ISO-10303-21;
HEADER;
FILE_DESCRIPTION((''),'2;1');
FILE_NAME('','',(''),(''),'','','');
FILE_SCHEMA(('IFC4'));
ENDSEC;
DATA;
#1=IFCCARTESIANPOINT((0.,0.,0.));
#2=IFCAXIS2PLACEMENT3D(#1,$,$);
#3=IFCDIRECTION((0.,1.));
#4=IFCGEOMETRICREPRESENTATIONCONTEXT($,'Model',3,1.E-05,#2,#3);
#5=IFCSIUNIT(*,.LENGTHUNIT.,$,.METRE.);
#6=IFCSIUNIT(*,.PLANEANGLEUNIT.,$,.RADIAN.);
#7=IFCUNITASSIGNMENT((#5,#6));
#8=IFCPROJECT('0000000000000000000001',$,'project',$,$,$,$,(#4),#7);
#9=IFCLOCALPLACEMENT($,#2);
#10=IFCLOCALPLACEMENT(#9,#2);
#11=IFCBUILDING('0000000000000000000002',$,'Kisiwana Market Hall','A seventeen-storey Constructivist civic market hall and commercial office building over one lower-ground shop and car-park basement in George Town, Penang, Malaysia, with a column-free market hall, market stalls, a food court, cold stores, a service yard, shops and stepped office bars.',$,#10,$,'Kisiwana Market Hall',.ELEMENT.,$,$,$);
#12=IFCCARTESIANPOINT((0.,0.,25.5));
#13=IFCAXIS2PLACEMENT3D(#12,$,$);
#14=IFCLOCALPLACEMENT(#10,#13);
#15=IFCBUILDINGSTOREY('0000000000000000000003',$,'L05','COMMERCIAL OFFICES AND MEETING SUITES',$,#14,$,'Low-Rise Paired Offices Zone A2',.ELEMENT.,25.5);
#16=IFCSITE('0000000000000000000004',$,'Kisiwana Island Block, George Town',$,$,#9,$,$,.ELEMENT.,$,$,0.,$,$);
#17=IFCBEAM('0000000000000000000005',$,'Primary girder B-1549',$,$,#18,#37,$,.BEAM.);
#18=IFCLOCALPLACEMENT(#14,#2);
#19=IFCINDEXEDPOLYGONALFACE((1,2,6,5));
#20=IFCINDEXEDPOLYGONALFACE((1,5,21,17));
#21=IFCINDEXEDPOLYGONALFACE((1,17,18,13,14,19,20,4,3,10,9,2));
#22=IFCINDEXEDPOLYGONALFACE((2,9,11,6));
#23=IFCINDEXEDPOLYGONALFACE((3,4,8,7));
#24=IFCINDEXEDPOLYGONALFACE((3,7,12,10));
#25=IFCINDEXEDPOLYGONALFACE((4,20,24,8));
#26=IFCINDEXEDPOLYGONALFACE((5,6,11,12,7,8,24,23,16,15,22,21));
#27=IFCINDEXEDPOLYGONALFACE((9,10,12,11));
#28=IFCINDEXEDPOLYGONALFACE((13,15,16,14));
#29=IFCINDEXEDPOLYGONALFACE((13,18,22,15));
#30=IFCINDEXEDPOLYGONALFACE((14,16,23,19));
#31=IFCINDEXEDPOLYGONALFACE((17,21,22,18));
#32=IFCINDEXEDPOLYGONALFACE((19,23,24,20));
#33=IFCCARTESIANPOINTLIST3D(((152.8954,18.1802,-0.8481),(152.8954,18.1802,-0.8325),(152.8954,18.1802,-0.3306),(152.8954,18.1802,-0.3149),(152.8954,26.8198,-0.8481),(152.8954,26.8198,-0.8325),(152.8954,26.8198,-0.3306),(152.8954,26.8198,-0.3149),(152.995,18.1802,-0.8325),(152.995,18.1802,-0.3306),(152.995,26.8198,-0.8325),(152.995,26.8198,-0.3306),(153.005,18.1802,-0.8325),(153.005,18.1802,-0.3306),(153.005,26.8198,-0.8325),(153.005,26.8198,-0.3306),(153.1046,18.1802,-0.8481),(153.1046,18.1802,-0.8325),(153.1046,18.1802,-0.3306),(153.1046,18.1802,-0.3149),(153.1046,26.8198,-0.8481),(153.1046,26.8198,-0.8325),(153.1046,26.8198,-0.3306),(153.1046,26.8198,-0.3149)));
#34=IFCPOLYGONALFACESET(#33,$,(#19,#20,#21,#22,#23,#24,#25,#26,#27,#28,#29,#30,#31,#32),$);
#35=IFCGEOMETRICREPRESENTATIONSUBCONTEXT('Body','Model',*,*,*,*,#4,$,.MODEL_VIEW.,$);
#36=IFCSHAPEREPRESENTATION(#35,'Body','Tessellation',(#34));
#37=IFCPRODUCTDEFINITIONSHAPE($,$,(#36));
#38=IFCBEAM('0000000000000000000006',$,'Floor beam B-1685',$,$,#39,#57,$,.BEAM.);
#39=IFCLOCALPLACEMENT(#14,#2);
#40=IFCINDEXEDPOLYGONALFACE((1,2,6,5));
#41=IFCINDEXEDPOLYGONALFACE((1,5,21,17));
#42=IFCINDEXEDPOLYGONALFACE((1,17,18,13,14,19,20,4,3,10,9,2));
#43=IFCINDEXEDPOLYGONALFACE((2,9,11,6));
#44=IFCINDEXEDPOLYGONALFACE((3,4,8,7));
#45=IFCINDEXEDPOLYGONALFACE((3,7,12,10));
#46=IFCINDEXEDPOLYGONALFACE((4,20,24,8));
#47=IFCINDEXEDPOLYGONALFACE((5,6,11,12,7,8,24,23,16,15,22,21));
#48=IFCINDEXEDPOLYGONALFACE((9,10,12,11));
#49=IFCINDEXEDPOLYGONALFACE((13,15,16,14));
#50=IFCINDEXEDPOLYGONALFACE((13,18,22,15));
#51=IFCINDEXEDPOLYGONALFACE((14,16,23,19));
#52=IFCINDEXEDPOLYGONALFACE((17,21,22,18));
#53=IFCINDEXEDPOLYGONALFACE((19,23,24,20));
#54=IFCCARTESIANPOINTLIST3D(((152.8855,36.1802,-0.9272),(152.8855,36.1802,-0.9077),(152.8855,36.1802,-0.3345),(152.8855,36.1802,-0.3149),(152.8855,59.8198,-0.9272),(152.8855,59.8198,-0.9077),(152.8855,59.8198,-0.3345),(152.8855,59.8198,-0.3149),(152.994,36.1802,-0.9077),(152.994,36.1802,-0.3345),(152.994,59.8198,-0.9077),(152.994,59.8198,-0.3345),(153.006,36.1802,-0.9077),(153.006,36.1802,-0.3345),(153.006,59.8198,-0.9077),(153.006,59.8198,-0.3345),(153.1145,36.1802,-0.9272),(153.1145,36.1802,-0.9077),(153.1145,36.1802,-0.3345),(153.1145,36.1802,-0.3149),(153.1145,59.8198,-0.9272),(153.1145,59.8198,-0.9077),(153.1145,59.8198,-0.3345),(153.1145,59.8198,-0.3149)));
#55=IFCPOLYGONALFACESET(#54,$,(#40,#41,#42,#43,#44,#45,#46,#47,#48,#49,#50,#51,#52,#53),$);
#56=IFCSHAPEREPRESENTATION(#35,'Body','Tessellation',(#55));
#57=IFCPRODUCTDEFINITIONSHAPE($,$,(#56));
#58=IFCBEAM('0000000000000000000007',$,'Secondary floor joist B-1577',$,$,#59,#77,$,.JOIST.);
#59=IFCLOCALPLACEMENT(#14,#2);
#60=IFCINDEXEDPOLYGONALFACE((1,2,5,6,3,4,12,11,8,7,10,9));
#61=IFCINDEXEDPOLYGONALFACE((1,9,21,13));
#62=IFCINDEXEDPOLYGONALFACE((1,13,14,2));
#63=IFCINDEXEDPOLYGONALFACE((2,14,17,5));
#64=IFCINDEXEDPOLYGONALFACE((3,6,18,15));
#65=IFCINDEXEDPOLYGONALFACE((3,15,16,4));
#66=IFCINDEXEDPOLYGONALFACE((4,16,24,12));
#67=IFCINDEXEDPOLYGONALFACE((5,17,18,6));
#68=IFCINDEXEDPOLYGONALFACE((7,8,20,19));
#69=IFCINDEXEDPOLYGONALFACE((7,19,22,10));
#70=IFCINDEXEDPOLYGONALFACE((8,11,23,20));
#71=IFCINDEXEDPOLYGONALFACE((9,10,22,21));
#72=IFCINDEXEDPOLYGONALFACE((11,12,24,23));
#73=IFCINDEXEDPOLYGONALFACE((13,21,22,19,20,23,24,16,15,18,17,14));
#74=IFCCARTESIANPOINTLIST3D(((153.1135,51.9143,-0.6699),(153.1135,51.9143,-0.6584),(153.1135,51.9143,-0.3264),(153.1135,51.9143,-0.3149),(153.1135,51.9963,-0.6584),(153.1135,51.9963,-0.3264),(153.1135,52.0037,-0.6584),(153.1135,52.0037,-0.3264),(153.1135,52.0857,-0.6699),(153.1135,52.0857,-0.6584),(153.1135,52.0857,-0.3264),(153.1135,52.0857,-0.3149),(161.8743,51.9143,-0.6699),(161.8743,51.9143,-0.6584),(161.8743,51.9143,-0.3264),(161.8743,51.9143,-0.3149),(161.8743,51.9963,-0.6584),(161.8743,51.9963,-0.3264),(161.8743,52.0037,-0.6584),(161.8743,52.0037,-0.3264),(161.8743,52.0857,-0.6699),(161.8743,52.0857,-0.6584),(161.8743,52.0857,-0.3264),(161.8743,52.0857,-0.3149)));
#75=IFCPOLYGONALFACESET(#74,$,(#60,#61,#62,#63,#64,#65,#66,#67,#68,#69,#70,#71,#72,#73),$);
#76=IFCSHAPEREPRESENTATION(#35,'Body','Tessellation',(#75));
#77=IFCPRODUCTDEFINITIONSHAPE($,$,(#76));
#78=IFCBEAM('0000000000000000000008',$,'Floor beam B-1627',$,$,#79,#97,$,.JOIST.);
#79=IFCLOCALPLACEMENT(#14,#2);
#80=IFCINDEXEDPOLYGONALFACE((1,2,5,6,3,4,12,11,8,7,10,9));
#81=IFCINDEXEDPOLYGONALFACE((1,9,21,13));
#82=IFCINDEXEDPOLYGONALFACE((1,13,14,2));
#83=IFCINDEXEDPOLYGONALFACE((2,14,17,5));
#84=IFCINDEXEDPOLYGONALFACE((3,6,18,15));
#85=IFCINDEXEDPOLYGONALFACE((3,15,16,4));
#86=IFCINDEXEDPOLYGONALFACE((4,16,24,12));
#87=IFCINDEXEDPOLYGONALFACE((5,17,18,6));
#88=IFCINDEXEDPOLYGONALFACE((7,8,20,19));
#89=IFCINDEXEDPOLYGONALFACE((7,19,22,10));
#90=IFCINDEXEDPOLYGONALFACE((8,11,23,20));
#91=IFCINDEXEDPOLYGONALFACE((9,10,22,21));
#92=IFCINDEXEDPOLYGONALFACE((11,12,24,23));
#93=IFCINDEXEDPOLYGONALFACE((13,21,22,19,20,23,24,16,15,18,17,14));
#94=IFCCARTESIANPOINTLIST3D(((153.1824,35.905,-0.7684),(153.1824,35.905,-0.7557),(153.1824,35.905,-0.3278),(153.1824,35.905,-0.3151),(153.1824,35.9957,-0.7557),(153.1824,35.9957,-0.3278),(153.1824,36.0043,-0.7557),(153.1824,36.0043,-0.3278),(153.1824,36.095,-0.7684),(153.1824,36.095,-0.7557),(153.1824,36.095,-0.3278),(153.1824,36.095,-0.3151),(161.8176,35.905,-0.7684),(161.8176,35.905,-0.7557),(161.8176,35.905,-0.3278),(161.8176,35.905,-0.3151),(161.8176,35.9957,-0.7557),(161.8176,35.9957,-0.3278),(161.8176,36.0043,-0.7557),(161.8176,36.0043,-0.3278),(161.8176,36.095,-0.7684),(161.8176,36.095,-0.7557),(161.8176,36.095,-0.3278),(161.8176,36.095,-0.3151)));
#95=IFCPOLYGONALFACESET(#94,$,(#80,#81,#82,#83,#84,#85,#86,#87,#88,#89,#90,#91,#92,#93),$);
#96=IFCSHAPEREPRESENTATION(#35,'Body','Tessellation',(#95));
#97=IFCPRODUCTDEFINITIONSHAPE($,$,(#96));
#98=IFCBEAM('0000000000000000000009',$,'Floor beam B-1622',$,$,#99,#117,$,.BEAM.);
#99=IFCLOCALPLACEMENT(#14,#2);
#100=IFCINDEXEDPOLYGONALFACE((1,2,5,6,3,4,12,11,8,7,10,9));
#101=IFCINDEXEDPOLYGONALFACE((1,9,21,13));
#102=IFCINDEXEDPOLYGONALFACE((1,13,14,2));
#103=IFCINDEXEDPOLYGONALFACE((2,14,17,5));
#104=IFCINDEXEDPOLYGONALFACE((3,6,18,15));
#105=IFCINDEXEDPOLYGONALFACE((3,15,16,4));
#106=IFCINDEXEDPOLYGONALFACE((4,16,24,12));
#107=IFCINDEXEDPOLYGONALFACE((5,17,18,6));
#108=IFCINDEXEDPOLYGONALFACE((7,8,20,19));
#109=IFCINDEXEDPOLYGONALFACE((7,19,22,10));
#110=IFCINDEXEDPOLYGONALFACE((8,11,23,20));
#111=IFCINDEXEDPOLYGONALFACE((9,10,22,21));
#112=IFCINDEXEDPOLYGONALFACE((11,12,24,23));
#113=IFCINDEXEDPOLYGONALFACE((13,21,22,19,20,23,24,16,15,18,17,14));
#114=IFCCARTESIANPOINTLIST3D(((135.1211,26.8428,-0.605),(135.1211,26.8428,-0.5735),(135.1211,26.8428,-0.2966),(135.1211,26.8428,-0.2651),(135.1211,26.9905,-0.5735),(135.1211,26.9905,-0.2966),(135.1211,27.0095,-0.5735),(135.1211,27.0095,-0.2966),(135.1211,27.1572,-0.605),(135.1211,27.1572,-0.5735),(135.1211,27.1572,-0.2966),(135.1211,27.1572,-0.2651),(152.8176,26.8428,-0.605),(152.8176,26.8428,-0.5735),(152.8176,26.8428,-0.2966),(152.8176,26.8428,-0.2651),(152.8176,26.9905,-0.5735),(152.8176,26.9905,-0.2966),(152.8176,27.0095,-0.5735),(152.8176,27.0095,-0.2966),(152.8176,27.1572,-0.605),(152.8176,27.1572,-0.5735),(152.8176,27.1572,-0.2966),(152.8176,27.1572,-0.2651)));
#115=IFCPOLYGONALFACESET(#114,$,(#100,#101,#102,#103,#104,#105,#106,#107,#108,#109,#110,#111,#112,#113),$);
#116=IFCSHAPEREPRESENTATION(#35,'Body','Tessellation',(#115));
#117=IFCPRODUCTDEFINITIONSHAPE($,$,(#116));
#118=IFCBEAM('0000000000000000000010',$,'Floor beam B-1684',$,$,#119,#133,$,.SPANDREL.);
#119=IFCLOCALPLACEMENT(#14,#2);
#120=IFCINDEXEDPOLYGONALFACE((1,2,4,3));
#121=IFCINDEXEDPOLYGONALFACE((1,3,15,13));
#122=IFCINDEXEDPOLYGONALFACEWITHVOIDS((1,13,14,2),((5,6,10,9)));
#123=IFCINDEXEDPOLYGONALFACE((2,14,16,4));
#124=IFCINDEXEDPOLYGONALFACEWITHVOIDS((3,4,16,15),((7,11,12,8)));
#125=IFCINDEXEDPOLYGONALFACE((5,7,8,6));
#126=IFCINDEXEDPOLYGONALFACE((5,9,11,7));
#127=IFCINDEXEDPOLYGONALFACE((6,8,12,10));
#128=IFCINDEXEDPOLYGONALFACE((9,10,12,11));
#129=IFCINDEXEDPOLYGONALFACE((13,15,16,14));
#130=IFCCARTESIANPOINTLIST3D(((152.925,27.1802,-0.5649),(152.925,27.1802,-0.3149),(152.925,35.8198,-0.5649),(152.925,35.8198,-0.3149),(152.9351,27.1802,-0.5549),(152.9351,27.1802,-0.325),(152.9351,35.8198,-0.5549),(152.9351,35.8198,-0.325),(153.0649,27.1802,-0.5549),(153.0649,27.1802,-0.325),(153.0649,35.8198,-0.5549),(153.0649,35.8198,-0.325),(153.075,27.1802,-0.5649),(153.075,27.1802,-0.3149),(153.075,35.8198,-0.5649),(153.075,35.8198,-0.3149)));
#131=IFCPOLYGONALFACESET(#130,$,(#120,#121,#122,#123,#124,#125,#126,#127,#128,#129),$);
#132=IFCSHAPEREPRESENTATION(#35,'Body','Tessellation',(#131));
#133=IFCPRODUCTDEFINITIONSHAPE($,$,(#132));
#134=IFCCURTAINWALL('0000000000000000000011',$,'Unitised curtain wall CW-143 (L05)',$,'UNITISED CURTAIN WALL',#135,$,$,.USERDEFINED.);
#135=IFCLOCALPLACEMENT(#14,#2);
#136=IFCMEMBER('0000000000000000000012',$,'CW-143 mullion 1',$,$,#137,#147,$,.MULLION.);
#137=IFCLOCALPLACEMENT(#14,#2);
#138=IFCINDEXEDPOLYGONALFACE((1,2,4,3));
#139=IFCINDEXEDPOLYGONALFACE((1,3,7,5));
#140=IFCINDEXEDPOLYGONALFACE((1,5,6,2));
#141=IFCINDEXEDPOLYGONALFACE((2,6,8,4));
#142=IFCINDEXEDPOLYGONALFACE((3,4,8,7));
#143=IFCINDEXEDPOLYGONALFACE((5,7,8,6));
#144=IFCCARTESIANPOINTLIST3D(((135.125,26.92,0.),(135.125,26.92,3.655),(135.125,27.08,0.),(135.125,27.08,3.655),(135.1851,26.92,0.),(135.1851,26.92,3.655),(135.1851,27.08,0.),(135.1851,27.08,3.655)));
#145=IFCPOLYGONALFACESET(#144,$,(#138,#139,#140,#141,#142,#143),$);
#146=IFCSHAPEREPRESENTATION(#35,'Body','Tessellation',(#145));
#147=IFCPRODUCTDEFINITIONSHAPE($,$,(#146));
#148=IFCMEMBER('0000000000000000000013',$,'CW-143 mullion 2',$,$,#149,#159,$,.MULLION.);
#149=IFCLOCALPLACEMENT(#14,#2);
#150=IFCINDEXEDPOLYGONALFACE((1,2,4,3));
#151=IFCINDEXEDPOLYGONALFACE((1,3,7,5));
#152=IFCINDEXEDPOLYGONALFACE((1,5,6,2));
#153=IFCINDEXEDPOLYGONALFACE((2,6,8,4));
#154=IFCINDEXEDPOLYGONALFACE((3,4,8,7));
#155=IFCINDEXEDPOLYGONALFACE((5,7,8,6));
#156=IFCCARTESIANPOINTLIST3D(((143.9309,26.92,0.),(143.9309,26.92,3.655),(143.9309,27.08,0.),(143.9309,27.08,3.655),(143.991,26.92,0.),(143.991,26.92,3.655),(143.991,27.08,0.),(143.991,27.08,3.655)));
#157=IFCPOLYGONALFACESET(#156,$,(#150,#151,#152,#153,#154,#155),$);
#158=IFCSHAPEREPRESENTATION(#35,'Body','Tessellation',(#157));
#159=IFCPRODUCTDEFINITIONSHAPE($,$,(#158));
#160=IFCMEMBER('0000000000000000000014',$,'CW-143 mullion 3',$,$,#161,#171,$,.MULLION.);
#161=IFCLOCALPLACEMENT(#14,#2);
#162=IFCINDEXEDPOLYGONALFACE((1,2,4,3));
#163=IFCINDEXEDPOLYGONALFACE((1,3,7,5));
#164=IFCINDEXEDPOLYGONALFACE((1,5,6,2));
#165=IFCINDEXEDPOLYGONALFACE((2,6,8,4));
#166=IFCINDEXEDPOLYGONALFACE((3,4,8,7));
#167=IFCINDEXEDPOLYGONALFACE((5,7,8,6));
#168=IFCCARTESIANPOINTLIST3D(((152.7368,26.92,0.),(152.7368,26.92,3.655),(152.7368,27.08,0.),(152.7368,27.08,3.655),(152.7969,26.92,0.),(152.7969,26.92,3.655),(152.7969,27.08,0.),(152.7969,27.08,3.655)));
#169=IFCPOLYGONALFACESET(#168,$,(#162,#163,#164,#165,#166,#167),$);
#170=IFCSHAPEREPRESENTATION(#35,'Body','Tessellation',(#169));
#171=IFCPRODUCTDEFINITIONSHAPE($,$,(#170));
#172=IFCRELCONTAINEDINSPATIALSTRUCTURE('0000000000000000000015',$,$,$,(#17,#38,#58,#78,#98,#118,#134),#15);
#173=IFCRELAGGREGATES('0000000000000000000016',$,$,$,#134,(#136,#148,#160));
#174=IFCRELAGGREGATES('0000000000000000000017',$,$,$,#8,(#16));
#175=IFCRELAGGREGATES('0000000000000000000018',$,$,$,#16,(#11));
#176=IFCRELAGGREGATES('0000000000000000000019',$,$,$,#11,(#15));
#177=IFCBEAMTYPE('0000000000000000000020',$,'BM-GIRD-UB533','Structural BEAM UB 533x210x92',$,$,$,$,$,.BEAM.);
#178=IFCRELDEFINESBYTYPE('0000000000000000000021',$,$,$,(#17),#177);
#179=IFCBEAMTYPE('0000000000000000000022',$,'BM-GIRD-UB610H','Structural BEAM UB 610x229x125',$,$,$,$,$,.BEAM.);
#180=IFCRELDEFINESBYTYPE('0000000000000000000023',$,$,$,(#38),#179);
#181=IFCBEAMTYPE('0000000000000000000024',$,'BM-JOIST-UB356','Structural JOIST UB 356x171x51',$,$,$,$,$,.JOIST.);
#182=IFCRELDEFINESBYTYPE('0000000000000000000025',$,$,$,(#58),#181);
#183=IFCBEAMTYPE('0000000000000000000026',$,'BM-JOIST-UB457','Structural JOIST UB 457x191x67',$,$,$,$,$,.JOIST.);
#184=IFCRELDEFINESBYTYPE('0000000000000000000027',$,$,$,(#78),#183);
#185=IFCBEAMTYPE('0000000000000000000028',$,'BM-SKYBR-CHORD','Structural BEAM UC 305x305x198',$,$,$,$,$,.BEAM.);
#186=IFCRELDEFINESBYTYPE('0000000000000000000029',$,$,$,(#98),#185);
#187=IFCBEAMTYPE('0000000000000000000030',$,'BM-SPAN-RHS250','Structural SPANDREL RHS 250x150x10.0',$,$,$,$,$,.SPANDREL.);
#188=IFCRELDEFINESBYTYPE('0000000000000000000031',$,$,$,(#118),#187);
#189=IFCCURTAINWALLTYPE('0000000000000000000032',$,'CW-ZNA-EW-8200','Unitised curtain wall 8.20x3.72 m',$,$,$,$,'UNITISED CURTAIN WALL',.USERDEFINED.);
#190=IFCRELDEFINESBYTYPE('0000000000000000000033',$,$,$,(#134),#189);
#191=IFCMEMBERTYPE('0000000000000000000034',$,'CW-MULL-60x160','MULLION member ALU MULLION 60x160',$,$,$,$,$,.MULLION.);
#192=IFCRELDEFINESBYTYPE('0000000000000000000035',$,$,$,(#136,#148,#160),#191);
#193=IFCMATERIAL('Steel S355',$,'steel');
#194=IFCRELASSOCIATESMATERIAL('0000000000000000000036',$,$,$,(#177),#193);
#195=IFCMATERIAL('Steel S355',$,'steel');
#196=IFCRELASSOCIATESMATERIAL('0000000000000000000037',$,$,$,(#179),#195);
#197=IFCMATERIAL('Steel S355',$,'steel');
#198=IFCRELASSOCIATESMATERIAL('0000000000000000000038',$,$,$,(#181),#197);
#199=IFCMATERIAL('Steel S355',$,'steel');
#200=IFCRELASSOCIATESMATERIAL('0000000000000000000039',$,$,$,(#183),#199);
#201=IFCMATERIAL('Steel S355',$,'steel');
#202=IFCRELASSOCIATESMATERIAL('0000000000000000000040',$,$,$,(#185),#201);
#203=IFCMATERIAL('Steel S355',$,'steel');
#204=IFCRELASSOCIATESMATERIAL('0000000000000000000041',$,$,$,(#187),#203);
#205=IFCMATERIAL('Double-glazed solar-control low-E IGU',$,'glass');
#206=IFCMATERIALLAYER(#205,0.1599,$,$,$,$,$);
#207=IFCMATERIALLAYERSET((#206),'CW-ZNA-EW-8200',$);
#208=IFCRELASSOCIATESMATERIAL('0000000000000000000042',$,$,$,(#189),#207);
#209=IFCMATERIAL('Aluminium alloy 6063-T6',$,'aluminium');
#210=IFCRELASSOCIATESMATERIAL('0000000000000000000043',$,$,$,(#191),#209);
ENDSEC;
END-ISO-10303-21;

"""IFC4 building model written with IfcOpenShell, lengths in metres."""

from ifc_helpers import new_model, si_unit, direction, frame, origin, origin_2d, place, context, subcontext, project, spatial, rectangle, hollow_rectangle, i_section, extrude, material, layer, layer_set, material_profile, profile_set, type_object, element, aggregate, save


model = new_model("IFC4")

# Units and contexts
model_context = context("Model", 3, precision=1e-05, world=origin(), true_north=direction((0.0, 1.0)))
body_context = subcontext(model_context, "Body", "Model", "MODEL_VIEW")
ifc_project = project(units=[si_unit("LENGTHUNIT", "METRE"), si_unit("PLANEANGLEUNIT", "RADIAN")], contexts=[model_context])

# Site, building, storey
site_placement = place(None, origin())
site = spatial("IfcSite", under=ifc_project, at=site_placement, Name="Kisiwana Island Block, George Town", CompositionType="ELEMENT", RefElevation=0.0)
building_placement = place(site_placement, origin())
building = spatial("IfcBuilding", under=site, at=building_placement, Name="Kisiwana Market Hall", Description="A seventeen-storey Constructivist civic market hall and commercial office building over one lower-ground shop and car-park basement in George Town, Penang, Malaysia, with a column-free market hall, market stalls, a food court, cold stores, a service yard, shops and stepped office bars.", LongName="Kisiwana Market Hall", CompositionType="ELEMENT")
storey_placement = place(building_placement, frame((0.0, 0.0, 25.5)))
storey = spatial("IfcBuildingStorey", under=building, at=storey_placement, Name="L05", Description="COMMERCIAL OFFICES AND MEETING SUITES", LongName="Low-Rise Paired Offices Zone A2", CompositionType="ELEMENT", Elevation=25.5)

# Beams
ifc_material_1 = material(Name="Steel S355", Category="steel")
ifc_material_profile_1 = material_profile(ifc_material_1, i_section(OverallWidth=0.2092, OverallDepth=0.5332, WebThickness=0.01, FlangeThickness=0.0156, at=origin_2d()), Name="UB 533x210x92")
ifc_profile_set_1 = profile_set([ifc_material_profile_1], Name="Steel S355")
beam_type_1 = type_object("IfcBeamType", Name="BM-GIRD-UB533", Description="Structural BEAM UB 533x210x92", PredefinedType="BEAM", material=ifc_profile_set_1)
beam_1_placement = place(storey_placement, frame((153.0, 18.1802, -0.5815), z_axis=(0.0, 1.0, 0.0), x_axis=(-1.0, 0.0, 0.0)))
element("IfcBeam", 1, at=beam_1_placement, inside=storey, type_object=beam_type_1, Name="Primary girder B-1549", PredefinedType="BEAM", context=body_context, shape_type="SweptSolid", body=[
    extrude(i_section(OverallWidth=0.2092, OverallDepth=0.5332, WebThickness=0.01, FlangeThickness=0.0156, at=origin_2d()), origin(), (0.0, 0.0, 1.0), 8.6396),
])
ifc_material_2 = material(Name="Steel S355", Category="steel")
ifc_material_profile_2 = material_profile(ifc_material_2, i_section(OverallWidth=0.229, OverallDepth=0.6123, WebThickness=0.012, FlangeThickness=0.0195, at=origin_2d()), Name="UB 610x229x125")
ifc_profile_set_2 = profile_set([ifc_material_profile_2], Name="Steel S355")
beam_type_2 = type_object("IfcBeamType", Name="BM-GIRD-UB610H", Description="Structural BEAM UB 610x229x125", PredefinedType="BEAM", material=ifc_profile_set_2)
beam_2_placement = place(storey_placement, frame((153.0, 36.1802, -0.6211), z_axis=(0.0, 1.0, 0.0), x_axis=(-1.0, 0.0, 0.0)))
element("IfcBeam", 2, at=beam_2_placement, inside=storey, type_object=beam_type_2, Name="Floor beam B-1685", PredefinedType="BEAM", context=body_context, shape_type="SweptSolid", body=[
    extrude(i_section(OverallWidth=0.229, OverallDepth=0.6123, WebThickness=0.012, FlangeThickness=0.0195, at=origin_2d()), origin(), (0.0, 0.0, 1.0), 23.6396),
])
ifc_material_3 = material(Name="Steel S355", Category="steel")
ifc_material_profile_3 = material_profile(ifc_material_3, i_section(OverallWidth=0.1714, OverallDepth=0.355, WebThickness=0.0073, FlangeThickness=0.0115, at=origin_2d()), Name="UB 356x171x51")
ifc_profile_set_3 = profile_set([ifc_material_profile_3], Name="Steel S355")
beam_type_3 = type_object("IfcBeamType", Name="BM-JOIST-UB356", Description="Structural JOIST UB 356x171x51", PredefinedType="JOIST", material=ifc_profile_set_3)
beam_3_placement = place(storey_placement, frame((153.1135, 52.0, -0.4924), z_axis=(1.0, 0.0, 0.0), x_axis=(0.0, 1.0, 0.0)))
element("IfcBeam", 3, at=beam_3_placement, inside=storey, type_object=beam_type_3, Name="Secondary floor joist B-1577", PredefinedType="JOIST", context=body_context, shape_type="SweptSolid", body=[
    extrude(i_section(OverallWidth=0.1714, OverallDepth=0.355, WebThickness=0.0073, FlangeThickness=0.0115, at=origin_2d()), origin(), (0.0, 0.0, 1.0), 8.7607),
])
ifc_material_4 = material(Name="Steel S355", Category="steel")
ifc_material_profile_4 = material_profile(ifc_material_4, i_section(OverallWidth=0.1899, OverallDepth=0.4534, WebThickness=0.0085, FlangeThickness=0.0127, at=origin_2d()), Name="UB 457x191x67")
ifc_profile_set_4 = profile_set([ifc_material_profile_4], Name="Steel S355")
beam_type_4 = type_object("IfcBeamType", Name="BM-JOIST-UB457", Description="Structural JOIST UB 457x191x67", PredefinedType="JOIST", material=ifc_profile_set_4)
beam_4_placement = place(storey_placement, frame((153.1824, 36.0, -0.5417), z_axis=(1.0, 0.0, 0.0), x_axis=(0.0, 1.0, 0.0)))
element("IfcBeam", 4, at=beam_4_placement, inside=storey, type_object=beam_type_4, Name="Floor beam B-1627", PredefinedType="JOIST", context=body_context, shape_type="SweptSolid", body=[
    extrude(i_section(OverallWidth=0.1899, OverallDepth=0.4534, WebThickness=0.0085, FlangeThickness=0.0127, at=origin_2d()), origin(), (0.0, 0.0, 1.0), 8.6353),
])
ifc_material_5 = material(Name="Steel S355", Category="steel")
ifc_material_profile_5 = material_profile(ifc_material_5, i_section(OverallWidth=0.3145, OverallDepth=0.3398, WebThickness=0.019, FlangeThickness=0.0315, at=origin_2d()), Name="UC 305x305x198")
ifc_profile_set_5 = profile_set([ifc_material_profile_5], Name="Steel S355")
beam_type_5 = type_object("IfcBeamType", Name="BM-SKYBR-CHORD", Description="Structural BEAM UC 305x305x198", PredefinedType="BEAM", material=ifc_profile_set_5)
beam_5_placement = place(storey_placement, frame((135.1211, 27.0, -0.4351), z_axis=(1.0, 0.0, 0.0), x_axis=(0.0, 1.0, 0.0)))
element("IfcBeam", 5, at=beam_5_placement, inside=storey, type_object=beam_type_5, Name="Floor beam B-1622", PredefinedType="BEAM", context=body_context, shape_type="SweptSolid", body=[
    extrude(i_section(OverallWidth=0.3145, OverallDepth=0.3398, WebThickness=0.019, FlangeThickness=0.0315, at=origin_2d()), origin(), (0.0, 0.0, 1.0), 17.6965),
])
ifc_material_6 = material(Name="Steel S355", Category="steel")
ifc_material_profile_6 = material_profile(ifc_material_6, hollow_rectangle(XDim=0.1499, YDim=0.25, WallThickness=0.01, at=origin_2d()), Name="RHS 250x150x10.0")
ifc_profile_set_6 = profile_set([ifc_material_profile_6], Name="Steel S355")
beam_type_6 = type_object("IfcBeamType", Name="BM-SPAN-RHS250", Description="Structural SPANDREL RHS 250x150x10.0", PredefinedType="SPANDREL", material=ifc_profile_set_6)
beam_6_placement = place(storey_placement, frame((153.0, 27.1802, -0.4399), z_axis=(0.0, 1.0, 0.0), x_axis=(-1.0, 0.0, 0.0)))
element("IfcBeam", 6, at=beam_6_placement, inside=storey, type_object=beam_type_6, Name="Floor beam B-1684", PredefinedType="SPANDREL", context=body_context, shape_type="SweptSolid", body=[
    extrude(hollow_rectangle(XDim=0.1499, YDim=0.25, WallThickness=0.01, at=origin_2d()), origin(), (0.0, 0.0, 1.0), 8.6396),
])

# Curtain wall, members
ifc_material_7 = material(Name="Double-glazed solar-control low-E IGU", Category="glass")
ifc_layer_1 = layer(ifc_material_7, 0.1599)
ifc_layer_set_1 = layer_set([ifc_layer_1], Name="CW-ZNA-EW-8200")
curtain_wall_type = type_object("IfcCurtainWallType", Name="CW-ZNA-EW-8200", Description="Unitised curtain wall 8.20x3.72 m", ElementType="UNITISED CURTAIN WALL", PredefinedType="USERDEFINED", material=ifc_layer_set_1)
curtain_wall_1_placement = place(storey_placement, origin())
curtain_wall_1 = element("IfcCurtainWall", 7, at=curtain_wall_1_placement, inside=storey, type_object=curtain_wall_type, Name="Unitised curtain wall CW-143 (L05)", ObjectType="UNITISED CURTAIN WALL", PredefinedType="USERDEFINED")
ifc_material_8 = material(Name="Aluminium alloy 6063-T6", Category="aluminium")
ifc_material_profile_7 = material_profile(ifc_material_8, rectangle(XDim=0.0601, YDim=0.1599, at=origin_2d()), Name="ALU MULLION 60x160")
ifc_profile_set_7 = profile_set([ifc_material_profile_7], Name="Aluminium alloy 6063-T6")
member_type_1 = type_object("IfcMemberType", Name="CW-MULL-60x160", Description="MULLION member ALU MULLION 60x160", PredefinedType="MULLION", material=ifc_profile_set_7)
member_1_placement = place(storey_placement, frame((135.155, 27.0, 0.0), z_axis=(0.0, 0.0, 1.0), x_axis=(1.0, 0.0, 0.0)))
member_1 = element("IfcMember", 8, at=member_1_placement, type_object=member_type_1, Name="CW-143 mullion 1", PredefinedType="MULLION", context=body_context, shape_type="SweptSolid", body=[
    extrude(rectangle(XDim=0.0601, YDim=0.1599, at=origin_2d()), origin(), (0.0, 0.0, 1.0), 3.655),
])
member_2_placement = place(storey_placement, frame((143.9609, 27.0, 0.0), z_axis=(0.0, 0.0, 1.0), x_axis=(1.0, 0.0, 0.0)))
member_2 = element("IfcMember", 9, at=member_2_placement, type_object=member_type_1, Name="CW-143 mullion 2", PredefinedType="MULLION", context=body_context, shape_type="SweptSolid", body=[
    extrude(rectangle(XDim=0.0601, YDim=0.1599, at=origin_2d()), origin(), (0.0, 0.0, 1.0), 3.655),
])
member_3_placement = place(storey_placement, frame((152.7668, 27.0, 0.0), z_axis=(0.0, 0.0, 1.0), x_axis=(1.0, 0.0, 0.0)))
member_3 = element("IfcMember", 10, at=member_3_placement, type_object=member_type_1, Name="CW-143 mullion 3", PredefinedType="MULLION", context=body_context, shape_type="SweptSolid", body=[
    extrude(rectangle(XDim=0.0601, YDim=0.1599, at=origin_2d()), origin(), (0.0, 0.0, 1.0), 3.655),
])

aggregate(curtain_wall_1, [member_1, member_2, member_3])

save(model, "model.ifc")
